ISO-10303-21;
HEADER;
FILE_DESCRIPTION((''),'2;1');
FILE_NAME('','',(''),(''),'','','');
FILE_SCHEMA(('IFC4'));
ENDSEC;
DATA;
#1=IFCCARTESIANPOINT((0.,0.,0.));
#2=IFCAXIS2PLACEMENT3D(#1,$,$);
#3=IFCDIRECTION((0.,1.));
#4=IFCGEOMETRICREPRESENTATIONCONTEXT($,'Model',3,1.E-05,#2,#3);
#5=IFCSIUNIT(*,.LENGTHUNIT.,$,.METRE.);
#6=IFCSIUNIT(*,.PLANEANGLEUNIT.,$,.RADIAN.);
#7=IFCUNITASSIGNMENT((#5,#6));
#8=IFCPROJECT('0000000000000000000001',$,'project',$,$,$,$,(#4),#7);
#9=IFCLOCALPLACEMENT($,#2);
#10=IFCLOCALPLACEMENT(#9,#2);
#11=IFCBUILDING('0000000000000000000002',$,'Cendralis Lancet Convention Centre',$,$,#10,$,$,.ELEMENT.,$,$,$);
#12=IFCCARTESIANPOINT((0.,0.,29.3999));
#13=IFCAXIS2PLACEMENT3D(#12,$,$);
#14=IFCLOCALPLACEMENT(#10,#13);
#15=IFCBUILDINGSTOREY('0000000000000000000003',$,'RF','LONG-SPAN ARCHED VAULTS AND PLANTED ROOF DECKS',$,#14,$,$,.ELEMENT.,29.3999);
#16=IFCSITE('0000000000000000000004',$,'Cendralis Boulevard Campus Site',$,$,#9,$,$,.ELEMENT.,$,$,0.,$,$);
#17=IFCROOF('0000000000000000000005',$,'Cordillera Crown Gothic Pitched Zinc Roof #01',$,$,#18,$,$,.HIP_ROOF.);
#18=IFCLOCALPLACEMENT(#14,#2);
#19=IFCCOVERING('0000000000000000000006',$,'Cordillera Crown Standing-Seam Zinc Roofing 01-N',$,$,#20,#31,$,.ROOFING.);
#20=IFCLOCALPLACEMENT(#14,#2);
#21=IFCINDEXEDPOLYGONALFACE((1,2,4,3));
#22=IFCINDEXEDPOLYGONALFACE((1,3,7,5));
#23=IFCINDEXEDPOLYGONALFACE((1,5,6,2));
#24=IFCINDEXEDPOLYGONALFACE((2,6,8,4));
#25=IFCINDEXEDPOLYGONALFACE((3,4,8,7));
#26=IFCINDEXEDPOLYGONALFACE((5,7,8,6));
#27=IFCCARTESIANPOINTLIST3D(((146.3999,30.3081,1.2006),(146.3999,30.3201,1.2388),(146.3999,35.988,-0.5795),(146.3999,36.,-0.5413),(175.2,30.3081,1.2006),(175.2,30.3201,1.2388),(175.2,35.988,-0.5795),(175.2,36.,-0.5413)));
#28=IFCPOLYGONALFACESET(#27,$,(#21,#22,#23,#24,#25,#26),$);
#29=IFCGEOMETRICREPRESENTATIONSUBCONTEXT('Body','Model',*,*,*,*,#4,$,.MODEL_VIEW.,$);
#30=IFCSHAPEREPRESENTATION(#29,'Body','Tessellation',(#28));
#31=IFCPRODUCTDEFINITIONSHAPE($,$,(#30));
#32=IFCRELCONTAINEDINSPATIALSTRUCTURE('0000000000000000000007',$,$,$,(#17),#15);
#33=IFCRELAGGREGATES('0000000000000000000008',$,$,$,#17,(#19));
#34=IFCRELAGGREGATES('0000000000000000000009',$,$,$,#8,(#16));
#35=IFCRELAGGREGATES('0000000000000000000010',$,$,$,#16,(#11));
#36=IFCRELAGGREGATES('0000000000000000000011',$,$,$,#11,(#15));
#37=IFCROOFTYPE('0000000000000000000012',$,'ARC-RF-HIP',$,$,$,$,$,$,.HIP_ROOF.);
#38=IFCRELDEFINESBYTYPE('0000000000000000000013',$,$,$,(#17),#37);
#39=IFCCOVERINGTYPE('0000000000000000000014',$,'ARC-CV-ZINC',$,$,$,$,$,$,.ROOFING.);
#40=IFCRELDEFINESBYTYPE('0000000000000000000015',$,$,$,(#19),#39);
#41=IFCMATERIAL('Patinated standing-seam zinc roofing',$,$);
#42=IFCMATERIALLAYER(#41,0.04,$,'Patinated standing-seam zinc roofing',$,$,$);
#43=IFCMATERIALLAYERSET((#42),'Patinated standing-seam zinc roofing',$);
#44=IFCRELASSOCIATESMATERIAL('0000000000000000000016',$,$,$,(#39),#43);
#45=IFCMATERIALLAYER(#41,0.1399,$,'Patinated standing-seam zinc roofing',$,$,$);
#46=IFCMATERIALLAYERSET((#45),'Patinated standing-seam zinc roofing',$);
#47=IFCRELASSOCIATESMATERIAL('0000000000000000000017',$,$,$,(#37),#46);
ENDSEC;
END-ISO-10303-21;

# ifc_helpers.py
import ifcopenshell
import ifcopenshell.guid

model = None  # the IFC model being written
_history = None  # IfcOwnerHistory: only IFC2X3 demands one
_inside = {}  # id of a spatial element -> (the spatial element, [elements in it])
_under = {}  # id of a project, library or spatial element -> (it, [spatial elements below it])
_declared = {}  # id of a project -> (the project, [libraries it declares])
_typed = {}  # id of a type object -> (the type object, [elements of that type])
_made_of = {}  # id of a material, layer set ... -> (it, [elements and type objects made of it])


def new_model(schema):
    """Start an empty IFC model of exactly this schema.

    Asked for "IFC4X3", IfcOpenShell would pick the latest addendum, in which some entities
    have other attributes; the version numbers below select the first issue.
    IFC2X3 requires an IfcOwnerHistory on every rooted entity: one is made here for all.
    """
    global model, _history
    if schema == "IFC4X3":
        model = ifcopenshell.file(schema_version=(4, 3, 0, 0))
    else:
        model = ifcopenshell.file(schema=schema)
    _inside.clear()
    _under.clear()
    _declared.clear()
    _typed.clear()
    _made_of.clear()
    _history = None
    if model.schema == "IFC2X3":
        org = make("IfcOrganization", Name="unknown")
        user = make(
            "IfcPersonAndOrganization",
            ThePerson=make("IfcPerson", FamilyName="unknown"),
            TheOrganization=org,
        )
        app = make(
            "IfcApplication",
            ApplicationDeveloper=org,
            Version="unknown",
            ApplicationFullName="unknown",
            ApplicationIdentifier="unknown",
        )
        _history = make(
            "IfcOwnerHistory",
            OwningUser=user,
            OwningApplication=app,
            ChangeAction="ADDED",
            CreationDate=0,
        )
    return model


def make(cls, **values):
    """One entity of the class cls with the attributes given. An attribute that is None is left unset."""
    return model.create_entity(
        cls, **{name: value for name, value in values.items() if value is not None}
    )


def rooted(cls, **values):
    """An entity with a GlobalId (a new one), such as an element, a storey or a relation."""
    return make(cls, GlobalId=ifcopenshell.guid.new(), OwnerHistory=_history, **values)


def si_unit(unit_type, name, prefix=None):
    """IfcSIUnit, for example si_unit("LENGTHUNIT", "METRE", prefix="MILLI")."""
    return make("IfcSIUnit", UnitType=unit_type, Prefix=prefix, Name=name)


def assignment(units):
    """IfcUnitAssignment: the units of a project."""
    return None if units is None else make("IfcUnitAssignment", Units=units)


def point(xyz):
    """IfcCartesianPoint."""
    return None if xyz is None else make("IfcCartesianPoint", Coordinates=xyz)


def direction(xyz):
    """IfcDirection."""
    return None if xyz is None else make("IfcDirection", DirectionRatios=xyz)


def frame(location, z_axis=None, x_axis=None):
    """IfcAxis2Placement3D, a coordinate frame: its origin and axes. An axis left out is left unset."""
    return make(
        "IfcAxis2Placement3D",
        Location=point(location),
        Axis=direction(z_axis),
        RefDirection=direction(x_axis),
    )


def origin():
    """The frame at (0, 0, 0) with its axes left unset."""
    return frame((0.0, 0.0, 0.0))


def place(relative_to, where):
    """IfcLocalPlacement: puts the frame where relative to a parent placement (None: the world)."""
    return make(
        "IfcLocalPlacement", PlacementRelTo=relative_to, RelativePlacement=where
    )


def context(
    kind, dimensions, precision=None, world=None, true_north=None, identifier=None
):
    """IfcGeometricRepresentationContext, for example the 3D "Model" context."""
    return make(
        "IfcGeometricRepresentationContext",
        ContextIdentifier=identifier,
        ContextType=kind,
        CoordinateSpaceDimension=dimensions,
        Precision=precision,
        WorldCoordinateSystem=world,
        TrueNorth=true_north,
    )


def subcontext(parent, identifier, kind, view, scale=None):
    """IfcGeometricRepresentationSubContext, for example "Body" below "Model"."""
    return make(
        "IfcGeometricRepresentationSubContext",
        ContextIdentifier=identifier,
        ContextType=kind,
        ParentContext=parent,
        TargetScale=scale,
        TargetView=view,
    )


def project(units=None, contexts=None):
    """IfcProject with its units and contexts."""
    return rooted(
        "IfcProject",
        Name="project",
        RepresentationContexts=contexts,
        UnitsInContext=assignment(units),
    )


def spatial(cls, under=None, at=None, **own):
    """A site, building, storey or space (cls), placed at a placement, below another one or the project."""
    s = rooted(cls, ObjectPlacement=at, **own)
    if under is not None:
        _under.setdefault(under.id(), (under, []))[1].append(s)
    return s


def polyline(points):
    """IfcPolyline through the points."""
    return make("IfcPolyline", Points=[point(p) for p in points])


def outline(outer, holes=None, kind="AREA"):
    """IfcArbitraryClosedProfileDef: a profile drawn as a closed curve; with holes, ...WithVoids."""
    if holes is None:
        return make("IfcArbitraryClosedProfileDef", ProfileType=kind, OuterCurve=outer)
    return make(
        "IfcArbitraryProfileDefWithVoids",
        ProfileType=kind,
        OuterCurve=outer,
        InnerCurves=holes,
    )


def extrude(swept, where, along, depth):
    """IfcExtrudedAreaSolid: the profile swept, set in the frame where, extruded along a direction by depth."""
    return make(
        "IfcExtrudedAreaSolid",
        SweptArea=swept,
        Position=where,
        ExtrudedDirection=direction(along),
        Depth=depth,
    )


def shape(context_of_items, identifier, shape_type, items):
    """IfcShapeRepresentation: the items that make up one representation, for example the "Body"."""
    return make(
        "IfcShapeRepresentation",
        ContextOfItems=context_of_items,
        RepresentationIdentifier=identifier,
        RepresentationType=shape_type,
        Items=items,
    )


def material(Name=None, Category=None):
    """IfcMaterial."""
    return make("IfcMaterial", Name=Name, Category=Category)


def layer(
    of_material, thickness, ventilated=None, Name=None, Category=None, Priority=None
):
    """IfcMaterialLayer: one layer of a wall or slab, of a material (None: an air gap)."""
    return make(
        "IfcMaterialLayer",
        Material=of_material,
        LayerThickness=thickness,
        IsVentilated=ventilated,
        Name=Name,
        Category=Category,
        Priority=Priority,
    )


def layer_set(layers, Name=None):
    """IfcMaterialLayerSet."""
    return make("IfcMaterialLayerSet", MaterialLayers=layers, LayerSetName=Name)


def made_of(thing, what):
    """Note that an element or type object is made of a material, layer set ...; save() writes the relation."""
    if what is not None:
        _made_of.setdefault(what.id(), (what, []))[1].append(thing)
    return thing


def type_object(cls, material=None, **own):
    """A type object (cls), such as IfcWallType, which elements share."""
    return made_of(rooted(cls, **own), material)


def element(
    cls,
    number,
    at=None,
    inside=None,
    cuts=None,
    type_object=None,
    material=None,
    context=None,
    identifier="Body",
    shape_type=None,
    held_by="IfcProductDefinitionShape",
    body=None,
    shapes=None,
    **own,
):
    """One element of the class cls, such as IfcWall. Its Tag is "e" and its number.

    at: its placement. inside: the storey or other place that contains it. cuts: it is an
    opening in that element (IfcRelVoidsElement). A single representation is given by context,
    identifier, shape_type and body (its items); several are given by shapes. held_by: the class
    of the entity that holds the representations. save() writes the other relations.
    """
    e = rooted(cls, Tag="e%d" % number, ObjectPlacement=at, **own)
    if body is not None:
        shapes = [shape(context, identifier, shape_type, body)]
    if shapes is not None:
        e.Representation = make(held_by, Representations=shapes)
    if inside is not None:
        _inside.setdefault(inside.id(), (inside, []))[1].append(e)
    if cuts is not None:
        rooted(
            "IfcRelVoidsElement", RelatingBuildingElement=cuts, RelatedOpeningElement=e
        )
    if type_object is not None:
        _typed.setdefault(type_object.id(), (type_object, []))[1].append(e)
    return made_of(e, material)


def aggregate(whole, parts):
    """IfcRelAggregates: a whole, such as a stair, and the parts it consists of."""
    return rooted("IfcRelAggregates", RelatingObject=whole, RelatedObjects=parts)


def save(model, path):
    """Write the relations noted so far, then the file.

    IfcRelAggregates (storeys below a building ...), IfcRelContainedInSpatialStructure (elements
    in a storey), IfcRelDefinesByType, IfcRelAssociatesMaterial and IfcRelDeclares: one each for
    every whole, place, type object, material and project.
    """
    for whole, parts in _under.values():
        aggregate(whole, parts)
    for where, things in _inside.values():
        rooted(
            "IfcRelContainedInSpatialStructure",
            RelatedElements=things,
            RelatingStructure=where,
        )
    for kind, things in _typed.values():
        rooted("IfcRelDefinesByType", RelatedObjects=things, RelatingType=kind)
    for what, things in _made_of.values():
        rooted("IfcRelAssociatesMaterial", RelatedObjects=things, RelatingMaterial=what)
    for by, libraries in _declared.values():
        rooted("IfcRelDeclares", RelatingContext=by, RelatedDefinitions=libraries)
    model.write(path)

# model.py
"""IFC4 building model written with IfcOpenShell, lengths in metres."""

from ifc_helpers import new_model, si_unit, direction, frame, origin, place, context, subcontext, project, spatial, polyline, outline, extrude, material, layer, layer_set, type_object, element, aggregate, save


model = new_model("IFC4")

# Units and contexts
model_context = context("Model", 3, precision=1e-05, world=origin(), true_north=direction((0.0, 1.0)))
body_context = subcontext(model_context, "Body", "Model", "MODEL_VIEW")
ifc_project = project(units=[si_unit("LENGTHUNIT", "METRE"), si_unit("PLANEANGLEUNIT", "RADIAN")], contexts=[model_context])

# Site, building, storey
site_placement = place(None, origin())
site = spatial("IfcSite", under=ifc_project, at=site_placement, Name="Cendralis Boulevard Campus Site", CompositionType="ELEMENT", RefElevation=0.0)
building_placement = place(site_placement, origin())
building = spatial("IfcBuilding", under=site, at=building_placement, Name="Cendralis Lancet Convention Centre", CompositionType="ELEMENT")
storey_placement = place(building_placement, frame((0.0, 0.0, 29.3999)))
storey = spatial("IfcBuildingStorey", under=building, at=storey_placement, Name="RF", Description="LONG-SPAN ARCHED VAULTS AND PLANTED ROOF DECKS", CompositionType="ELEMENT", Elevation=29.3999)

# Shared definitions
ifc_material_1 = material(Name="Patinated standing-seam zinc roofing")
ifc_layer_1 = layer(ifc_material_1, 0.04, Name="Patinated standing-seam zinc roofing")
ifc_layer_set_1 = layer_set([ifc_layer_1], Name="Patinated standing-seam zinc roofing")
covering_type = type_object("IfcCoveringType", Name="ARC-CV-ZINC", PredefinedType="ROOFING", material=ifc_layer_set_1)

# Roof, covering
ifc_layer_2 = layer(ifc_material_1, 0.1399, Name="Patinated standing-seam zinc roofing")
ifc_layer_set_2 = layer_set([ifc_layer_2], Name="Patinated standing-seam zinc roofing")
roof_type_1 = type_object("IfcRoofType", Name="ARC-RF-HIP", PredefinedType="HIP_ROOF", material=ifc_layer_set_2)
roof_1_placement = place(storey_placement, origin())
roof_1 = element("IfcRoof", 1, at=roof_1_placement, inside=storey, type_object=roof_type_1, Name="Cordillera Crown Gothic Pitched Zinc Roof #01", PredefinedType="HIP_ROOF")
covering_1_placement = place(storey_placement, frame((146.3999, 30.3201, 1.2388), z_axis=(0.0, 0.299048, 0.954238), x_axis=(1.0, 0.0, 0.0)))
covering_1 = element("IfcCovering", 2, at=covering_1_placement, type_object=covering_type, Name="Cordillera Crown Standing-Seam Zinc Roofing 01-N", PredefinedType="ROOFING", context=body_context, shape_type="SweptSolid", body=[
    extrude(outline(polyline([(0.0, 0.0), (28.8, 0.0), (28.8, 5.9523), (0.0, 5.9523), (0.0, 0.0)])), origin(), (0.0, 0.0, -1.0), 0.04),
])
aggregate(roof_1, [covering_1])

save(model, "model.ifc")
